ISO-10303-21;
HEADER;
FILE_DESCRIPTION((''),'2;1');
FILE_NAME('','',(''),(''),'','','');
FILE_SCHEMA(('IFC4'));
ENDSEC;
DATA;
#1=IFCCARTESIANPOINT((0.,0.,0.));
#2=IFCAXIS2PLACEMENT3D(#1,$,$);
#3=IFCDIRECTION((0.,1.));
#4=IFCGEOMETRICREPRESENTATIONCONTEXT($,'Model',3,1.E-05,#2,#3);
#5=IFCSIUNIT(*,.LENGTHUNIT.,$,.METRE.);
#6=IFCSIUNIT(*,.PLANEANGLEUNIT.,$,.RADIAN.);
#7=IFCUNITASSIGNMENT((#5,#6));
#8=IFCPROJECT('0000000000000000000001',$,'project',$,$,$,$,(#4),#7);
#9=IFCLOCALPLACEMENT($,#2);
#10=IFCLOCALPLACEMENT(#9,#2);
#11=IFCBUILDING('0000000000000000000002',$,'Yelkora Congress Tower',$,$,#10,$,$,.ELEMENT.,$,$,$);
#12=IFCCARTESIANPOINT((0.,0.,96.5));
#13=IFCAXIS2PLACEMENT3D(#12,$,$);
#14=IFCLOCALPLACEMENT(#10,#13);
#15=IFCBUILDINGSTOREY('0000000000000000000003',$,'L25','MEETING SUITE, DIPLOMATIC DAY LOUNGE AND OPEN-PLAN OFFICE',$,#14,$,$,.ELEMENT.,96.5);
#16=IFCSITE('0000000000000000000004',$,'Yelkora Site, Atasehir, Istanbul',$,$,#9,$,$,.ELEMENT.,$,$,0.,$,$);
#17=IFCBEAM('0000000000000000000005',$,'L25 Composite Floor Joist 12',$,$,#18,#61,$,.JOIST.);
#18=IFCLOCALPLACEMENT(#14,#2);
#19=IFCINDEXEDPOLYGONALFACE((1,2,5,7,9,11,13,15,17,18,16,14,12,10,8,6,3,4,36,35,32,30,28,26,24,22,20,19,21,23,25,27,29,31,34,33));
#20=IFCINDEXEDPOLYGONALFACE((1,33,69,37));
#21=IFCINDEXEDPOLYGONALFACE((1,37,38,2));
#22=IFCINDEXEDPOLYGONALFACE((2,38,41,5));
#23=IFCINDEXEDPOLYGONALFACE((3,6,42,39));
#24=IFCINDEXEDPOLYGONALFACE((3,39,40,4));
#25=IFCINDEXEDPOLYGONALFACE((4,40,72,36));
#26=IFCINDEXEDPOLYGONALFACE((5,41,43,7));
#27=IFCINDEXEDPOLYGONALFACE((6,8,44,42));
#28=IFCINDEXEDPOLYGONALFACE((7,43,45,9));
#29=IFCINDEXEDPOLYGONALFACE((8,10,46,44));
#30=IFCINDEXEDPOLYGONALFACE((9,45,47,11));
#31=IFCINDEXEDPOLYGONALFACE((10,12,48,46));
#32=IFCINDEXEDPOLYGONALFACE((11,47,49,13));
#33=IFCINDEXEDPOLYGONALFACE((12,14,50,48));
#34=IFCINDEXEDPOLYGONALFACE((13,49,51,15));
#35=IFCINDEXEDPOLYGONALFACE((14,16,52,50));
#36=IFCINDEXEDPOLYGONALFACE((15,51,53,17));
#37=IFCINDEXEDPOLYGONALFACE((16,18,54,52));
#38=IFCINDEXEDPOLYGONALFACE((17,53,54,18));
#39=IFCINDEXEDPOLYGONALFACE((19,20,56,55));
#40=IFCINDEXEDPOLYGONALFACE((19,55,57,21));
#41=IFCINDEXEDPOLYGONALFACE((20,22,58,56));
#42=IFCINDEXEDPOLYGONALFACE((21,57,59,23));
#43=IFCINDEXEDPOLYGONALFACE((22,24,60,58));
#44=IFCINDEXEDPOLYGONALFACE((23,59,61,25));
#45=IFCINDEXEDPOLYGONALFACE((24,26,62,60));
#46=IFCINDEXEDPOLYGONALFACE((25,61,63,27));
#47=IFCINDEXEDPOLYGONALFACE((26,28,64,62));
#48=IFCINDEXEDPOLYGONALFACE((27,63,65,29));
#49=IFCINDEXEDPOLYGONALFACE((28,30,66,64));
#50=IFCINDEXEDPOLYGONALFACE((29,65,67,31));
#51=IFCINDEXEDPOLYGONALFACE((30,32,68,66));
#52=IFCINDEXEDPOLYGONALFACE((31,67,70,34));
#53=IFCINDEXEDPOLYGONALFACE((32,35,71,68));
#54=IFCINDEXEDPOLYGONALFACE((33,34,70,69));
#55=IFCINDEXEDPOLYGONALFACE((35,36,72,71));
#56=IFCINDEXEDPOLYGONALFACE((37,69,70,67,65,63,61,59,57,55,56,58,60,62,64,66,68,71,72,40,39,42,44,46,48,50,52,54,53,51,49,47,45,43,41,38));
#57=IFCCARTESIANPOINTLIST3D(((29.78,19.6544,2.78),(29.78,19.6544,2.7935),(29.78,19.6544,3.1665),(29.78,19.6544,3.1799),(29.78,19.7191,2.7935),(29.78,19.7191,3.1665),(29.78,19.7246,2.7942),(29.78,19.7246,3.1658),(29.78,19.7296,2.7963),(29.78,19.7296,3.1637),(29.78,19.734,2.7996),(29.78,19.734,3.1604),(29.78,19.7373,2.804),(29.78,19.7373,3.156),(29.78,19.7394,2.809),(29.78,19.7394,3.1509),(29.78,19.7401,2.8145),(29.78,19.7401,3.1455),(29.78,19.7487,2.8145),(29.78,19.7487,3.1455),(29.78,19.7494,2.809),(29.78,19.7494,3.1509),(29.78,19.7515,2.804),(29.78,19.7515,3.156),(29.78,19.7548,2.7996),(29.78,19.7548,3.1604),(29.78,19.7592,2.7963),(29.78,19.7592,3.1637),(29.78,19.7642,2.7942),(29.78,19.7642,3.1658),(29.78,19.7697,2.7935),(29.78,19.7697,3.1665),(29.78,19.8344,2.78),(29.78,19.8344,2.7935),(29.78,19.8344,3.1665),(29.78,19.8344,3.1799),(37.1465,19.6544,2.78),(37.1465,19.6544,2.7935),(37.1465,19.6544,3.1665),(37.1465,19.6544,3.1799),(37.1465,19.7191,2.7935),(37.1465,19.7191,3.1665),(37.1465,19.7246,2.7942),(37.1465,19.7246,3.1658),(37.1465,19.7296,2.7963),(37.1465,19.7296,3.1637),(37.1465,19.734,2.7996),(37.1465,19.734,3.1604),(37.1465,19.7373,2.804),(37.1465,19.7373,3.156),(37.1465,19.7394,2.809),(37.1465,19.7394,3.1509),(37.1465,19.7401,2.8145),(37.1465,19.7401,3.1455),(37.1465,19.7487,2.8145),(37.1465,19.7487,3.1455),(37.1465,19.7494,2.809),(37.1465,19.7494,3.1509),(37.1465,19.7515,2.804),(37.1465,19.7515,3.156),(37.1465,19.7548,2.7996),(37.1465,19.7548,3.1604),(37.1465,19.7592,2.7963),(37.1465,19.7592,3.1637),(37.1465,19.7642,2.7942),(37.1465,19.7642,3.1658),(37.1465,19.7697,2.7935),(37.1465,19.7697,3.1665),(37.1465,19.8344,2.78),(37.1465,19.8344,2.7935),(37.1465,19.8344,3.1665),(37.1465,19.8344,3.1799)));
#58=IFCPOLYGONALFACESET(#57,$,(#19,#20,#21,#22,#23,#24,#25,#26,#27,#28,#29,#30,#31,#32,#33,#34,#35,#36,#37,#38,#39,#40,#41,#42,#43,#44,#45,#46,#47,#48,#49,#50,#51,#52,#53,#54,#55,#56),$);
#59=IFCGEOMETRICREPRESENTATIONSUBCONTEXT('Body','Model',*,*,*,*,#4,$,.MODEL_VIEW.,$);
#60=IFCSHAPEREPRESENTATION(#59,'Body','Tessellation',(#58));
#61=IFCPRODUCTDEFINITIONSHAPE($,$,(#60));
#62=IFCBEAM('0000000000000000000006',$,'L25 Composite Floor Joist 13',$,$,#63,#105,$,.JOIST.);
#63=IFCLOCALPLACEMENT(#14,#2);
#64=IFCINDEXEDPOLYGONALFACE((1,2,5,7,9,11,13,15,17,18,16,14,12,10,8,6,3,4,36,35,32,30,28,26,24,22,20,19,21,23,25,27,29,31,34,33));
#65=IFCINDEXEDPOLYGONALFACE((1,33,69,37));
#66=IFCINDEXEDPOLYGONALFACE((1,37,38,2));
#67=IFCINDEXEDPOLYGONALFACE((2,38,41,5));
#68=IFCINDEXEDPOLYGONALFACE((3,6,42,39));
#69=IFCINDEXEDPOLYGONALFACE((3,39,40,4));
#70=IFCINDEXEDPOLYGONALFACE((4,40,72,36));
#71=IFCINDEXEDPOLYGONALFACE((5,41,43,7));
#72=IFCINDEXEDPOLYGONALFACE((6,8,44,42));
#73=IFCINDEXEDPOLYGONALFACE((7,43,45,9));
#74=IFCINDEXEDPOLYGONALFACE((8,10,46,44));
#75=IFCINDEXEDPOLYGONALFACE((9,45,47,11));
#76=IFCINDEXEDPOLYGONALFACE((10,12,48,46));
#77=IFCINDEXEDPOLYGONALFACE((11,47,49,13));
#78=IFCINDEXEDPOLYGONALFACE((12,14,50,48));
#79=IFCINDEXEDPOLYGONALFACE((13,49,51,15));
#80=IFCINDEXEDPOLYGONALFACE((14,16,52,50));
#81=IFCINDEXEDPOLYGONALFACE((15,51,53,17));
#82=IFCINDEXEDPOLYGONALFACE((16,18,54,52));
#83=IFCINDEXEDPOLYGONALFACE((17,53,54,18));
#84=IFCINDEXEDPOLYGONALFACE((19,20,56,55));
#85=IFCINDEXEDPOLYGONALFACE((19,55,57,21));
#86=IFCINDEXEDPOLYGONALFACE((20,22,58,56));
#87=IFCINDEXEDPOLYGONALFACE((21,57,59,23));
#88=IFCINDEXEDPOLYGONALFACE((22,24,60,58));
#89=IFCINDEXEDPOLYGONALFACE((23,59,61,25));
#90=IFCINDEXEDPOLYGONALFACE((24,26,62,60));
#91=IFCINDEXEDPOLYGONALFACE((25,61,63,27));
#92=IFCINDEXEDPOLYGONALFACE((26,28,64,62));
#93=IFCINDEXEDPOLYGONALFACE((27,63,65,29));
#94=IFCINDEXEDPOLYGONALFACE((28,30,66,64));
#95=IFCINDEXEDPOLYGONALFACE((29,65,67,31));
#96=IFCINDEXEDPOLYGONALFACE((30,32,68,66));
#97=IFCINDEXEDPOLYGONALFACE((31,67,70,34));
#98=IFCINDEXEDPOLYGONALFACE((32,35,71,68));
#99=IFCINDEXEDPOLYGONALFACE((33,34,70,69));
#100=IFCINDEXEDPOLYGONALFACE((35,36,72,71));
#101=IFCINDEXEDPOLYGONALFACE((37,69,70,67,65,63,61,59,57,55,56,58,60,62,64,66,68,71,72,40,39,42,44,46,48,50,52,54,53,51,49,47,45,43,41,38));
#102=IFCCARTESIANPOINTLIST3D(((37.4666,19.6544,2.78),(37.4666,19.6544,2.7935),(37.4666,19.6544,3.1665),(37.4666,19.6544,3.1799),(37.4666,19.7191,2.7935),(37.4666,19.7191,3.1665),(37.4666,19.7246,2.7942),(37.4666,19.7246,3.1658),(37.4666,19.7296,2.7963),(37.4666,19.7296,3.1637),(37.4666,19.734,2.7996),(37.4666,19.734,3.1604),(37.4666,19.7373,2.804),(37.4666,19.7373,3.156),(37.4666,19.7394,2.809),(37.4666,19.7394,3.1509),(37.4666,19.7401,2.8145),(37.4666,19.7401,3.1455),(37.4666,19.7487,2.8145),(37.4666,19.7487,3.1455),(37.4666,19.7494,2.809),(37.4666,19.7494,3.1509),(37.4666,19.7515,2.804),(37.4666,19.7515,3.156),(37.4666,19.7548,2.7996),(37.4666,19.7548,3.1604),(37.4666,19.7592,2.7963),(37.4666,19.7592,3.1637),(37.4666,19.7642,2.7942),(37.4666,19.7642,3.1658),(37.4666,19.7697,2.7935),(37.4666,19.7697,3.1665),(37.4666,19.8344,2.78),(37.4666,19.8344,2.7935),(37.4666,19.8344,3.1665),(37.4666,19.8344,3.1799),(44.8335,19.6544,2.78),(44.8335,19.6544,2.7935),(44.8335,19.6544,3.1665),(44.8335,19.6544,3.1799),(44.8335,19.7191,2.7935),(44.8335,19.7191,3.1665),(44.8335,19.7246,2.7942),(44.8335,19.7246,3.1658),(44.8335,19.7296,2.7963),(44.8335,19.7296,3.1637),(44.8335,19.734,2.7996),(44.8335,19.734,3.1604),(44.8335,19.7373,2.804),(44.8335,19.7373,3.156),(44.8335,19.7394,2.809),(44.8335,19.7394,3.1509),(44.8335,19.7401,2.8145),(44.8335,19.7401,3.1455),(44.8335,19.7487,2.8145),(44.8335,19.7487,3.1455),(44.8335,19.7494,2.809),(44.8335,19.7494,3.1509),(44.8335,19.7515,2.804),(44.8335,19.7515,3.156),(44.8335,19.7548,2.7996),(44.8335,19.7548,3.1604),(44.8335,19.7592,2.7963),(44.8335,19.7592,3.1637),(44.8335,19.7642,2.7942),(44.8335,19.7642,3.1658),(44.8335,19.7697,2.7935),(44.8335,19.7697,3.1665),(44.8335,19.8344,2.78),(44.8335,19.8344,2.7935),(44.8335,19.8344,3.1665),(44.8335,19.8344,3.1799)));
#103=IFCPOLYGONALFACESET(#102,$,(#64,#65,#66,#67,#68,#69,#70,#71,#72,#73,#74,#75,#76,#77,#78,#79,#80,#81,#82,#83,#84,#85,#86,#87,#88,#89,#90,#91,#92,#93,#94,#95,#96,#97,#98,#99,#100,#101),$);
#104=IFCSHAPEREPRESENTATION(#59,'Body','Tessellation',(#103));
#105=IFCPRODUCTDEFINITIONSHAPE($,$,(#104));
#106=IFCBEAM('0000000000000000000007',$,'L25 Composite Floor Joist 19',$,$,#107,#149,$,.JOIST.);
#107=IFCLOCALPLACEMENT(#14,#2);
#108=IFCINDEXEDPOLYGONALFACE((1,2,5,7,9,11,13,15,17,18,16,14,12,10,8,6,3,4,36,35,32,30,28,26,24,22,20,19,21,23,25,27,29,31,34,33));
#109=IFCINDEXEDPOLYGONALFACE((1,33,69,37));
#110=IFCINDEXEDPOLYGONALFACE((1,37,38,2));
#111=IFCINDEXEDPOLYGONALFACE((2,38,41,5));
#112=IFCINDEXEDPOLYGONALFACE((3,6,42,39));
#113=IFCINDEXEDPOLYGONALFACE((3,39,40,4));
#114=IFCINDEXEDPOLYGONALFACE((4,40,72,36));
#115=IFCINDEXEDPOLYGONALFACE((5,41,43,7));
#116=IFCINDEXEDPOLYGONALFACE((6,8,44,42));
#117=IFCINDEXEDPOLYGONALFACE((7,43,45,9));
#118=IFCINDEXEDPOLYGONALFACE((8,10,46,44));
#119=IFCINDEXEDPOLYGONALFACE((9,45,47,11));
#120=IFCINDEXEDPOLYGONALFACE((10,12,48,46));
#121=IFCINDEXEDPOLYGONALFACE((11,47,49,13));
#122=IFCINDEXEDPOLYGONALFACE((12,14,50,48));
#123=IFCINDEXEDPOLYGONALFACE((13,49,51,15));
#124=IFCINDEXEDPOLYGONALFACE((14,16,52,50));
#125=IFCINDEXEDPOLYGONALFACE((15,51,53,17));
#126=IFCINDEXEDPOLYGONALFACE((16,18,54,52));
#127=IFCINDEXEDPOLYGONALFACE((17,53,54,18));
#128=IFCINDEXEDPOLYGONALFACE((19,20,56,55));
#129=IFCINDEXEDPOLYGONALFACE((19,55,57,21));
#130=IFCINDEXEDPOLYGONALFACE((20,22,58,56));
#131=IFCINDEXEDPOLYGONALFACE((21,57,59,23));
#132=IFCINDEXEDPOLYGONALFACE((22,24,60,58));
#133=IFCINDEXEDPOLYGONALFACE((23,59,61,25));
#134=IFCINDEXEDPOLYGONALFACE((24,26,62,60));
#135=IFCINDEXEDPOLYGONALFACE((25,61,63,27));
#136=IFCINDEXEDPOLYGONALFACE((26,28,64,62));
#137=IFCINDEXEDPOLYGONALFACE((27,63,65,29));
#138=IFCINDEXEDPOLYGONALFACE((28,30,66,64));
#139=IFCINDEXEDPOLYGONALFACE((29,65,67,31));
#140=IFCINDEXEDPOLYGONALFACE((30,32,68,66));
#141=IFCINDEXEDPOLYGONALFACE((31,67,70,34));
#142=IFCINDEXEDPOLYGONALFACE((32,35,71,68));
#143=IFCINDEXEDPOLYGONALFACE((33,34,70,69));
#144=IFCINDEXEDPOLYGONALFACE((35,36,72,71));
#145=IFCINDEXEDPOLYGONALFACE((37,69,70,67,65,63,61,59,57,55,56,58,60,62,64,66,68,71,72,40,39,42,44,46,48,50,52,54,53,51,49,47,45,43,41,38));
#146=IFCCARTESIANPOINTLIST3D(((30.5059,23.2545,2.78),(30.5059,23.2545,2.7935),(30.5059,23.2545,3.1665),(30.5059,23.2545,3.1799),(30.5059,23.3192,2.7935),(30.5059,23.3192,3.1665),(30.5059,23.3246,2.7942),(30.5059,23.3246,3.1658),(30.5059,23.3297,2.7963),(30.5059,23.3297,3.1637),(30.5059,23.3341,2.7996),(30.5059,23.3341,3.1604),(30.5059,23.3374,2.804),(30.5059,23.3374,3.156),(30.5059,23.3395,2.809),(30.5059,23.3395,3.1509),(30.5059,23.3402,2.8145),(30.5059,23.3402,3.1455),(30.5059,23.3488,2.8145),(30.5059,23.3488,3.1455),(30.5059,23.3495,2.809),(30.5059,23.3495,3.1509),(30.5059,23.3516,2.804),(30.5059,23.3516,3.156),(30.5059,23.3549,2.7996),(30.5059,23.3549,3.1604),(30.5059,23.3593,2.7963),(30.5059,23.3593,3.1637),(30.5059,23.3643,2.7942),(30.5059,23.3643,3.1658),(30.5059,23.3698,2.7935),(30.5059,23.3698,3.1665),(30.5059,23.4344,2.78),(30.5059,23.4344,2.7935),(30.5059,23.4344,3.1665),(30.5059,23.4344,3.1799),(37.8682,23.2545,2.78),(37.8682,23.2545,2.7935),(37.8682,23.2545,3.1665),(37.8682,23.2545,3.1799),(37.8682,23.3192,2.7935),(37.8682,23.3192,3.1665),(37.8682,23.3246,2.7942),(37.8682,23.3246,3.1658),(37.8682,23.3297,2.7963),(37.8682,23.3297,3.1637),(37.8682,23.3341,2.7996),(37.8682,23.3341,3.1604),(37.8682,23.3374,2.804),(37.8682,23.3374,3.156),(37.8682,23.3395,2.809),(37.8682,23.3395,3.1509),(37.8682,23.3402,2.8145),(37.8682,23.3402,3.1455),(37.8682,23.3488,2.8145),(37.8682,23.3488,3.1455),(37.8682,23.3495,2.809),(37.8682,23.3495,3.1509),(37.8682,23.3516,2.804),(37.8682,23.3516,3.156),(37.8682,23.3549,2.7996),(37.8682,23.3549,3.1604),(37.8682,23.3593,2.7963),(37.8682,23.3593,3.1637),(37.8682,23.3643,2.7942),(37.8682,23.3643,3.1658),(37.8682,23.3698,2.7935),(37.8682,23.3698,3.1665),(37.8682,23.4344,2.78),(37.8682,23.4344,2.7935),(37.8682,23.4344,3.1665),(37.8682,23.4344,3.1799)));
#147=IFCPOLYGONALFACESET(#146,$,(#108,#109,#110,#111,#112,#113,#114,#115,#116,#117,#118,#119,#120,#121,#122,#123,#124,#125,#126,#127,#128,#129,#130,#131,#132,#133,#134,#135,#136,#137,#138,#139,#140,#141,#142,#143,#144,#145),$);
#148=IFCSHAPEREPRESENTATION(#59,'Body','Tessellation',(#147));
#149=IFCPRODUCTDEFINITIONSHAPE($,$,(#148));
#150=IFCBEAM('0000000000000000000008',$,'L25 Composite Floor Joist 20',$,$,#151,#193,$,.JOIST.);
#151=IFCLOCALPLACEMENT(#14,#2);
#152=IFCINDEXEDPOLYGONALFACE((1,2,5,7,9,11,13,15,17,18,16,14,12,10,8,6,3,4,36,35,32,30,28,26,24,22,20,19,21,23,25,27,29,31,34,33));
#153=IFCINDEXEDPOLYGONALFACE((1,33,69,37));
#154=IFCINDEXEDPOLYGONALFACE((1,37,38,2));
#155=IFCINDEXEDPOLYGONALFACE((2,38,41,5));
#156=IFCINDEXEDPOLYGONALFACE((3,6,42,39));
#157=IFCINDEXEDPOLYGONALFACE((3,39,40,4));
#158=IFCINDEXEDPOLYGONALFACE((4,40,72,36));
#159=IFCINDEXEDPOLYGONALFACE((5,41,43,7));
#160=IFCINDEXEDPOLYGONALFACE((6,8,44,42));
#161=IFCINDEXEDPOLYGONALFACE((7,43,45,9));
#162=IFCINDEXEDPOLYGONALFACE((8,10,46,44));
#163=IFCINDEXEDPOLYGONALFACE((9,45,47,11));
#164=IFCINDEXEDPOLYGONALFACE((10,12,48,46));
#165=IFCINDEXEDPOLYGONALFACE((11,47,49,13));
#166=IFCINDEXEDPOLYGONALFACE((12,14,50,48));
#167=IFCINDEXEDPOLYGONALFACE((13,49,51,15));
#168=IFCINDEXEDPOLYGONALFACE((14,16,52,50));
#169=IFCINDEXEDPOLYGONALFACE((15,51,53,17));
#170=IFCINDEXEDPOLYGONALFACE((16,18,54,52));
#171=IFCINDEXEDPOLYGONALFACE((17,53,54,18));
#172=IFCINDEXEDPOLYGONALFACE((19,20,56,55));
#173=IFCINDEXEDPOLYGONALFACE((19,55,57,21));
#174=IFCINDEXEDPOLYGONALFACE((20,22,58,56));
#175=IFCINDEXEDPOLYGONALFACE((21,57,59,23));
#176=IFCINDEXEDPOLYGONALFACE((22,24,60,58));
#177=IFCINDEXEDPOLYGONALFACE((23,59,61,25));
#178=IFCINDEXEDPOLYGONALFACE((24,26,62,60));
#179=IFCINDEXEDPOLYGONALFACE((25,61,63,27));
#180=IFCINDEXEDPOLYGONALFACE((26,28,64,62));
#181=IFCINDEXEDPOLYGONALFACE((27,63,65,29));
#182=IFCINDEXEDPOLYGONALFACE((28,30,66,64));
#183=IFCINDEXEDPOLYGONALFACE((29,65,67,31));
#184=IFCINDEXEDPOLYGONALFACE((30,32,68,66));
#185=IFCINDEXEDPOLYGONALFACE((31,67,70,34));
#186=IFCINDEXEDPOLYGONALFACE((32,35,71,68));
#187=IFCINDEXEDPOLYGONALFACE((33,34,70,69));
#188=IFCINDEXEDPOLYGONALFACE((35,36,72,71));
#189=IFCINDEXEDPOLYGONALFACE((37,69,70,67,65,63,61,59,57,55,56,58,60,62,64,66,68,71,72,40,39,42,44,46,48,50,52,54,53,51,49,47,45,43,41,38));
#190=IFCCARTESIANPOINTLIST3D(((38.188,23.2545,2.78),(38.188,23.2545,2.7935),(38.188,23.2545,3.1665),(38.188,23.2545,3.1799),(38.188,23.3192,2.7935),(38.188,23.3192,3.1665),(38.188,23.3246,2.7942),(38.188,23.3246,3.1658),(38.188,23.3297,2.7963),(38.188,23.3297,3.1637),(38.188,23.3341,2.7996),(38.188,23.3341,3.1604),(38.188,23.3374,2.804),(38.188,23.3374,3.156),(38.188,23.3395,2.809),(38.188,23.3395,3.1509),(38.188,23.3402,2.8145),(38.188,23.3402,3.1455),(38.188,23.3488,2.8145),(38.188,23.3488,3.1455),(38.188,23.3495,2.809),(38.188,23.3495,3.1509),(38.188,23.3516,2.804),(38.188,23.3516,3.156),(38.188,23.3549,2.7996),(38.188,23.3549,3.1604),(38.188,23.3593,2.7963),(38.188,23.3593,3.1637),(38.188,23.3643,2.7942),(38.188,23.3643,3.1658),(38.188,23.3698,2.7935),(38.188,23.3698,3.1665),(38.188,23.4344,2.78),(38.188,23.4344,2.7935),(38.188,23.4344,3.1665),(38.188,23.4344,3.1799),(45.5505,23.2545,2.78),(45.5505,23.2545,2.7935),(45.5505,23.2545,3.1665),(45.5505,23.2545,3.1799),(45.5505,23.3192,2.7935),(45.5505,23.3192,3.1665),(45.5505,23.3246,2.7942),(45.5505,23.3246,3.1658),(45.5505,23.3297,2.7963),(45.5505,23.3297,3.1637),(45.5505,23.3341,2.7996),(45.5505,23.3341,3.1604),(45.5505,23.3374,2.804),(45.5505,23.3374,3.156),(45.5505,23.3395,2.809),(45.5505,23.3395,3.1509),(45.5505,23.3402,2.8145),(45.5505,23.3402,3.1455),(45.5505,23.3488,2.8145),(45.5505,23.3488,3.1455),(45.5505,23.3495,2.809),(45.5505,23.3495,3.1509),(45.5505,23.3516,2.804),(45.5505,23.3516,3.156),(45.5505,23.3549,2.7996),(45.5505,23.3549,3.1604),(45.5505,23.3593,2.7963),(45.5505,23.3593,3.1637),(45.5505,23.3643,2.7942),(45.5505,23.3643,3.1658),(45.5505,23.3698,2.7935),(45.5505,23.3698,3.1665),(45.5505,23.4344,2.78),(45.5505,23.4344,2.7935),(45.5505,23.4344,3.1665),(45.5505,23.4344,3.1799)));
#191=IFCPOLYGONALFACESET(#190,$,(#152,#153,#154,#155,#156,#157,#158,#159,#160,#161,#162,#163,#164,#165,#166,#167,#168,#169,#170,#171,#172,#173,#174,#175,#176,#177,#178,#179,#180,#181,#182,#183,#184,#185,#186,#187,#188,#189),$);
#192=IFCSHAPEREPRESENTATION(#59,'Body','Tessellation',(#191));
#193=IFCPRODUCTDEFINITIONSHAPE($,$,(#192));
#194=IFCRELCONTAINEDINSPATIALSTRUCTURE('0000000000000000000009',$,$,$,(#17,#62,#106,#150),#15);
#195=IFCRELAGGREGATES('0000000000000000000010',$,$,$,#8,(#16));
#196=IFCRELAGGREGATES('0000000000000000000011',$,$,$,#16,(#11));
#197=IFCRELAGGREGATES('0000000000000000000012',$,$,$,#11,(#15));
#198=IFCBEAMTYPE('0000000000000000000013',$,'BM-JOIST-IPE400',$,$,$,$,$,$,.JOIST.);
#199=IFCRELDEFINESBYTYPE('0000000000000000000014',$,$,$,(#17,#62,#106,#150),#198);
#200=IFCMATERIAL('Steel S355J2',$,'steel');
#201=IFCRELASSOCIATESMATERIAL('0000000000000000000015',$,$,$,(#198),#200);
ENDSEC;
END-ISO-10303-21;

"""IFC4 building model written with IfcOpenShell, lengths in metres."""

from ifc_helpers import new_model, si_unit, direction, frame, origin, origin_2d, place, context, subcontext, project, spatial, i_section, extrude, material, material_profile, profile_set, type_object, element, save


model = new_model("IFC4")

# Units and contexts
model_context = context("Model", 3, precision=1e-05, world=origin(), true_north=direction((0.0, 1.0)))
body_context = subcontext(model_context, "Body", "Model", "MODEL_VIEW")
ifc_project = project(units=[si_unit("LENGTHUNIT", "METRE"), si_unit("PLANEANGLEUNIT", "RADIAN")], contexts=[model_context])

# Site, building, storey
site_placement = place(None, origin())
site = spatial("IfcSite", under=ifc_project, at=site_placement, Name="Yelkora Site, Atasehir, Istanbul", CompositionType="ELEMENT", RefElevation=0.0)
building_placement = place(site_placement, origin())
building = spatial("IfcBuilding", under=site, at=building_placement, Name="Yelkora Congress Tower", CompositionType="ELEMENT")
storey_placement = place(building_placement, frame((0.0, 0.0, 96.5)))
storey = spatial("IfcBuildingStorey", under=building, at=storey_placement, Name="L25", Description="MEETING SUITE, DIPLOMATIC DAY LOUNGE AND OPEN-PLAN OFFICE", CompositionType="ELEMENT", Elevation=96.5)

# Beams
ifc_material_1 = material(Name="Steel S355J2", Category="steel")
ifc_material_profile_1 = material_profile(ifc_material_1, i_section(OverallWidth=0.1799, OverallDepth=0.3999, WebThickness=0.0085, FlangeThickness=0.0134, FilletRadius=0.021, at=origin_2d()), Name="IPE 400")
ifc_profile_set_1 = profile_set([ifc_material_profile_1], Name="Steel S355J2")
beam_type_1 = type_object("IfcBeamType", Name="BM-JOIST-IPE400", PredefinedType="JOIST", material=ifc_profile_set_1)
beam_1_placement = place(storey_placement, frame((29.78, 19.7444, 2.98), z_axis=(1.0, 0.0, 0.0), x_axis=(0.0, 1.0, 0.0)))
element("IfcBeam", 1, at=beam_1_placement, inside=storey, type_object=beam_type_1, Name="L25 Composite Floor Joist 12", PredefinedType="JOIST", context=body_context, shape_type="SweptSolid", body=[
    extrude(i_section(OverallWidth=0.1799, OverallDepth=0.3999, WebThickness=0.0085, FlangeThickness=0.0134, FilletRadius=0.021, at=origin_2d()), origin(), (0.0, 0.0, 1.0), 7.3665),
])
beam_2_placement = place(storey_placement, frame((37.4666, 19.7444, 2.98), z_axis=(1.0, 0.0, 0.0), x_axis=(0.0, 1.0, 0.0)))
element("IfcBeam", 2, at=beam_2_placement, inside=storey, type_object=beam_type_1, Name="L25 Composite Floor Joist 13", PredefinedType="JOIST", context=body_context, shape_type="SweptSolid", body=[
    extrude(i_section(OverallWidth=0.1799, OverallDepth=0.3999, WebThickness=0.0085, FlangeThickness=0.0134, FilletRadius=0.021, at=origin_2d()), origin(), (0.0, 0.0, 1.0), 7.3669),
])
beam_3_placement = place(storey_placement, frame((30.5059, 23.3445, 2.98), z_axis=(1.0, 0.0, 0.0), x_axis=(0.0, 1.0, 0.0)))
element("IfcBeam", 3, at=beam_3_placement, inside=storey, type_object=beam_type_1, Name="L25 Composite Floor Joist 19", PredefinedType="JOIST", context=body_context, shape_type="SweptSolid", body=[
    extrude(i_section(OverallWidth=0.1799, OverallDepth=0.3999, WebThickness=0.0085, FlangeThickness=0.0134, FilletRadius=0.021, at=origin_2d()), origin(), (0.0, 0.0, 1.0), 7.3623),
])
beam_4_placement = place(storey_placement, frame((38.188, 23.3445, 2.98), z_axis=(1.0, 0.0, 0.0), x_axis=(0.0, 1.0, 0.0)))
element("IfcBeam", 4, at=beam_4_placement, inside=storey, type_object=beam_type_1, Name="L25 Composite Floor Joist 20", PredefinedType="JOIST", context=body_context, shape_type="SweptSolid", body=[
    extrude(i_section(OverallWidth=0.1799, OverallDepth=0.3999, WebThickness=0.0085, FlangeThickness=0.0134, FilletRadius=0.021, at=origin_2d()), origin(), (0.0, 0.0, 1.0), 7.3625),
])

save(model, "model.ifc")
